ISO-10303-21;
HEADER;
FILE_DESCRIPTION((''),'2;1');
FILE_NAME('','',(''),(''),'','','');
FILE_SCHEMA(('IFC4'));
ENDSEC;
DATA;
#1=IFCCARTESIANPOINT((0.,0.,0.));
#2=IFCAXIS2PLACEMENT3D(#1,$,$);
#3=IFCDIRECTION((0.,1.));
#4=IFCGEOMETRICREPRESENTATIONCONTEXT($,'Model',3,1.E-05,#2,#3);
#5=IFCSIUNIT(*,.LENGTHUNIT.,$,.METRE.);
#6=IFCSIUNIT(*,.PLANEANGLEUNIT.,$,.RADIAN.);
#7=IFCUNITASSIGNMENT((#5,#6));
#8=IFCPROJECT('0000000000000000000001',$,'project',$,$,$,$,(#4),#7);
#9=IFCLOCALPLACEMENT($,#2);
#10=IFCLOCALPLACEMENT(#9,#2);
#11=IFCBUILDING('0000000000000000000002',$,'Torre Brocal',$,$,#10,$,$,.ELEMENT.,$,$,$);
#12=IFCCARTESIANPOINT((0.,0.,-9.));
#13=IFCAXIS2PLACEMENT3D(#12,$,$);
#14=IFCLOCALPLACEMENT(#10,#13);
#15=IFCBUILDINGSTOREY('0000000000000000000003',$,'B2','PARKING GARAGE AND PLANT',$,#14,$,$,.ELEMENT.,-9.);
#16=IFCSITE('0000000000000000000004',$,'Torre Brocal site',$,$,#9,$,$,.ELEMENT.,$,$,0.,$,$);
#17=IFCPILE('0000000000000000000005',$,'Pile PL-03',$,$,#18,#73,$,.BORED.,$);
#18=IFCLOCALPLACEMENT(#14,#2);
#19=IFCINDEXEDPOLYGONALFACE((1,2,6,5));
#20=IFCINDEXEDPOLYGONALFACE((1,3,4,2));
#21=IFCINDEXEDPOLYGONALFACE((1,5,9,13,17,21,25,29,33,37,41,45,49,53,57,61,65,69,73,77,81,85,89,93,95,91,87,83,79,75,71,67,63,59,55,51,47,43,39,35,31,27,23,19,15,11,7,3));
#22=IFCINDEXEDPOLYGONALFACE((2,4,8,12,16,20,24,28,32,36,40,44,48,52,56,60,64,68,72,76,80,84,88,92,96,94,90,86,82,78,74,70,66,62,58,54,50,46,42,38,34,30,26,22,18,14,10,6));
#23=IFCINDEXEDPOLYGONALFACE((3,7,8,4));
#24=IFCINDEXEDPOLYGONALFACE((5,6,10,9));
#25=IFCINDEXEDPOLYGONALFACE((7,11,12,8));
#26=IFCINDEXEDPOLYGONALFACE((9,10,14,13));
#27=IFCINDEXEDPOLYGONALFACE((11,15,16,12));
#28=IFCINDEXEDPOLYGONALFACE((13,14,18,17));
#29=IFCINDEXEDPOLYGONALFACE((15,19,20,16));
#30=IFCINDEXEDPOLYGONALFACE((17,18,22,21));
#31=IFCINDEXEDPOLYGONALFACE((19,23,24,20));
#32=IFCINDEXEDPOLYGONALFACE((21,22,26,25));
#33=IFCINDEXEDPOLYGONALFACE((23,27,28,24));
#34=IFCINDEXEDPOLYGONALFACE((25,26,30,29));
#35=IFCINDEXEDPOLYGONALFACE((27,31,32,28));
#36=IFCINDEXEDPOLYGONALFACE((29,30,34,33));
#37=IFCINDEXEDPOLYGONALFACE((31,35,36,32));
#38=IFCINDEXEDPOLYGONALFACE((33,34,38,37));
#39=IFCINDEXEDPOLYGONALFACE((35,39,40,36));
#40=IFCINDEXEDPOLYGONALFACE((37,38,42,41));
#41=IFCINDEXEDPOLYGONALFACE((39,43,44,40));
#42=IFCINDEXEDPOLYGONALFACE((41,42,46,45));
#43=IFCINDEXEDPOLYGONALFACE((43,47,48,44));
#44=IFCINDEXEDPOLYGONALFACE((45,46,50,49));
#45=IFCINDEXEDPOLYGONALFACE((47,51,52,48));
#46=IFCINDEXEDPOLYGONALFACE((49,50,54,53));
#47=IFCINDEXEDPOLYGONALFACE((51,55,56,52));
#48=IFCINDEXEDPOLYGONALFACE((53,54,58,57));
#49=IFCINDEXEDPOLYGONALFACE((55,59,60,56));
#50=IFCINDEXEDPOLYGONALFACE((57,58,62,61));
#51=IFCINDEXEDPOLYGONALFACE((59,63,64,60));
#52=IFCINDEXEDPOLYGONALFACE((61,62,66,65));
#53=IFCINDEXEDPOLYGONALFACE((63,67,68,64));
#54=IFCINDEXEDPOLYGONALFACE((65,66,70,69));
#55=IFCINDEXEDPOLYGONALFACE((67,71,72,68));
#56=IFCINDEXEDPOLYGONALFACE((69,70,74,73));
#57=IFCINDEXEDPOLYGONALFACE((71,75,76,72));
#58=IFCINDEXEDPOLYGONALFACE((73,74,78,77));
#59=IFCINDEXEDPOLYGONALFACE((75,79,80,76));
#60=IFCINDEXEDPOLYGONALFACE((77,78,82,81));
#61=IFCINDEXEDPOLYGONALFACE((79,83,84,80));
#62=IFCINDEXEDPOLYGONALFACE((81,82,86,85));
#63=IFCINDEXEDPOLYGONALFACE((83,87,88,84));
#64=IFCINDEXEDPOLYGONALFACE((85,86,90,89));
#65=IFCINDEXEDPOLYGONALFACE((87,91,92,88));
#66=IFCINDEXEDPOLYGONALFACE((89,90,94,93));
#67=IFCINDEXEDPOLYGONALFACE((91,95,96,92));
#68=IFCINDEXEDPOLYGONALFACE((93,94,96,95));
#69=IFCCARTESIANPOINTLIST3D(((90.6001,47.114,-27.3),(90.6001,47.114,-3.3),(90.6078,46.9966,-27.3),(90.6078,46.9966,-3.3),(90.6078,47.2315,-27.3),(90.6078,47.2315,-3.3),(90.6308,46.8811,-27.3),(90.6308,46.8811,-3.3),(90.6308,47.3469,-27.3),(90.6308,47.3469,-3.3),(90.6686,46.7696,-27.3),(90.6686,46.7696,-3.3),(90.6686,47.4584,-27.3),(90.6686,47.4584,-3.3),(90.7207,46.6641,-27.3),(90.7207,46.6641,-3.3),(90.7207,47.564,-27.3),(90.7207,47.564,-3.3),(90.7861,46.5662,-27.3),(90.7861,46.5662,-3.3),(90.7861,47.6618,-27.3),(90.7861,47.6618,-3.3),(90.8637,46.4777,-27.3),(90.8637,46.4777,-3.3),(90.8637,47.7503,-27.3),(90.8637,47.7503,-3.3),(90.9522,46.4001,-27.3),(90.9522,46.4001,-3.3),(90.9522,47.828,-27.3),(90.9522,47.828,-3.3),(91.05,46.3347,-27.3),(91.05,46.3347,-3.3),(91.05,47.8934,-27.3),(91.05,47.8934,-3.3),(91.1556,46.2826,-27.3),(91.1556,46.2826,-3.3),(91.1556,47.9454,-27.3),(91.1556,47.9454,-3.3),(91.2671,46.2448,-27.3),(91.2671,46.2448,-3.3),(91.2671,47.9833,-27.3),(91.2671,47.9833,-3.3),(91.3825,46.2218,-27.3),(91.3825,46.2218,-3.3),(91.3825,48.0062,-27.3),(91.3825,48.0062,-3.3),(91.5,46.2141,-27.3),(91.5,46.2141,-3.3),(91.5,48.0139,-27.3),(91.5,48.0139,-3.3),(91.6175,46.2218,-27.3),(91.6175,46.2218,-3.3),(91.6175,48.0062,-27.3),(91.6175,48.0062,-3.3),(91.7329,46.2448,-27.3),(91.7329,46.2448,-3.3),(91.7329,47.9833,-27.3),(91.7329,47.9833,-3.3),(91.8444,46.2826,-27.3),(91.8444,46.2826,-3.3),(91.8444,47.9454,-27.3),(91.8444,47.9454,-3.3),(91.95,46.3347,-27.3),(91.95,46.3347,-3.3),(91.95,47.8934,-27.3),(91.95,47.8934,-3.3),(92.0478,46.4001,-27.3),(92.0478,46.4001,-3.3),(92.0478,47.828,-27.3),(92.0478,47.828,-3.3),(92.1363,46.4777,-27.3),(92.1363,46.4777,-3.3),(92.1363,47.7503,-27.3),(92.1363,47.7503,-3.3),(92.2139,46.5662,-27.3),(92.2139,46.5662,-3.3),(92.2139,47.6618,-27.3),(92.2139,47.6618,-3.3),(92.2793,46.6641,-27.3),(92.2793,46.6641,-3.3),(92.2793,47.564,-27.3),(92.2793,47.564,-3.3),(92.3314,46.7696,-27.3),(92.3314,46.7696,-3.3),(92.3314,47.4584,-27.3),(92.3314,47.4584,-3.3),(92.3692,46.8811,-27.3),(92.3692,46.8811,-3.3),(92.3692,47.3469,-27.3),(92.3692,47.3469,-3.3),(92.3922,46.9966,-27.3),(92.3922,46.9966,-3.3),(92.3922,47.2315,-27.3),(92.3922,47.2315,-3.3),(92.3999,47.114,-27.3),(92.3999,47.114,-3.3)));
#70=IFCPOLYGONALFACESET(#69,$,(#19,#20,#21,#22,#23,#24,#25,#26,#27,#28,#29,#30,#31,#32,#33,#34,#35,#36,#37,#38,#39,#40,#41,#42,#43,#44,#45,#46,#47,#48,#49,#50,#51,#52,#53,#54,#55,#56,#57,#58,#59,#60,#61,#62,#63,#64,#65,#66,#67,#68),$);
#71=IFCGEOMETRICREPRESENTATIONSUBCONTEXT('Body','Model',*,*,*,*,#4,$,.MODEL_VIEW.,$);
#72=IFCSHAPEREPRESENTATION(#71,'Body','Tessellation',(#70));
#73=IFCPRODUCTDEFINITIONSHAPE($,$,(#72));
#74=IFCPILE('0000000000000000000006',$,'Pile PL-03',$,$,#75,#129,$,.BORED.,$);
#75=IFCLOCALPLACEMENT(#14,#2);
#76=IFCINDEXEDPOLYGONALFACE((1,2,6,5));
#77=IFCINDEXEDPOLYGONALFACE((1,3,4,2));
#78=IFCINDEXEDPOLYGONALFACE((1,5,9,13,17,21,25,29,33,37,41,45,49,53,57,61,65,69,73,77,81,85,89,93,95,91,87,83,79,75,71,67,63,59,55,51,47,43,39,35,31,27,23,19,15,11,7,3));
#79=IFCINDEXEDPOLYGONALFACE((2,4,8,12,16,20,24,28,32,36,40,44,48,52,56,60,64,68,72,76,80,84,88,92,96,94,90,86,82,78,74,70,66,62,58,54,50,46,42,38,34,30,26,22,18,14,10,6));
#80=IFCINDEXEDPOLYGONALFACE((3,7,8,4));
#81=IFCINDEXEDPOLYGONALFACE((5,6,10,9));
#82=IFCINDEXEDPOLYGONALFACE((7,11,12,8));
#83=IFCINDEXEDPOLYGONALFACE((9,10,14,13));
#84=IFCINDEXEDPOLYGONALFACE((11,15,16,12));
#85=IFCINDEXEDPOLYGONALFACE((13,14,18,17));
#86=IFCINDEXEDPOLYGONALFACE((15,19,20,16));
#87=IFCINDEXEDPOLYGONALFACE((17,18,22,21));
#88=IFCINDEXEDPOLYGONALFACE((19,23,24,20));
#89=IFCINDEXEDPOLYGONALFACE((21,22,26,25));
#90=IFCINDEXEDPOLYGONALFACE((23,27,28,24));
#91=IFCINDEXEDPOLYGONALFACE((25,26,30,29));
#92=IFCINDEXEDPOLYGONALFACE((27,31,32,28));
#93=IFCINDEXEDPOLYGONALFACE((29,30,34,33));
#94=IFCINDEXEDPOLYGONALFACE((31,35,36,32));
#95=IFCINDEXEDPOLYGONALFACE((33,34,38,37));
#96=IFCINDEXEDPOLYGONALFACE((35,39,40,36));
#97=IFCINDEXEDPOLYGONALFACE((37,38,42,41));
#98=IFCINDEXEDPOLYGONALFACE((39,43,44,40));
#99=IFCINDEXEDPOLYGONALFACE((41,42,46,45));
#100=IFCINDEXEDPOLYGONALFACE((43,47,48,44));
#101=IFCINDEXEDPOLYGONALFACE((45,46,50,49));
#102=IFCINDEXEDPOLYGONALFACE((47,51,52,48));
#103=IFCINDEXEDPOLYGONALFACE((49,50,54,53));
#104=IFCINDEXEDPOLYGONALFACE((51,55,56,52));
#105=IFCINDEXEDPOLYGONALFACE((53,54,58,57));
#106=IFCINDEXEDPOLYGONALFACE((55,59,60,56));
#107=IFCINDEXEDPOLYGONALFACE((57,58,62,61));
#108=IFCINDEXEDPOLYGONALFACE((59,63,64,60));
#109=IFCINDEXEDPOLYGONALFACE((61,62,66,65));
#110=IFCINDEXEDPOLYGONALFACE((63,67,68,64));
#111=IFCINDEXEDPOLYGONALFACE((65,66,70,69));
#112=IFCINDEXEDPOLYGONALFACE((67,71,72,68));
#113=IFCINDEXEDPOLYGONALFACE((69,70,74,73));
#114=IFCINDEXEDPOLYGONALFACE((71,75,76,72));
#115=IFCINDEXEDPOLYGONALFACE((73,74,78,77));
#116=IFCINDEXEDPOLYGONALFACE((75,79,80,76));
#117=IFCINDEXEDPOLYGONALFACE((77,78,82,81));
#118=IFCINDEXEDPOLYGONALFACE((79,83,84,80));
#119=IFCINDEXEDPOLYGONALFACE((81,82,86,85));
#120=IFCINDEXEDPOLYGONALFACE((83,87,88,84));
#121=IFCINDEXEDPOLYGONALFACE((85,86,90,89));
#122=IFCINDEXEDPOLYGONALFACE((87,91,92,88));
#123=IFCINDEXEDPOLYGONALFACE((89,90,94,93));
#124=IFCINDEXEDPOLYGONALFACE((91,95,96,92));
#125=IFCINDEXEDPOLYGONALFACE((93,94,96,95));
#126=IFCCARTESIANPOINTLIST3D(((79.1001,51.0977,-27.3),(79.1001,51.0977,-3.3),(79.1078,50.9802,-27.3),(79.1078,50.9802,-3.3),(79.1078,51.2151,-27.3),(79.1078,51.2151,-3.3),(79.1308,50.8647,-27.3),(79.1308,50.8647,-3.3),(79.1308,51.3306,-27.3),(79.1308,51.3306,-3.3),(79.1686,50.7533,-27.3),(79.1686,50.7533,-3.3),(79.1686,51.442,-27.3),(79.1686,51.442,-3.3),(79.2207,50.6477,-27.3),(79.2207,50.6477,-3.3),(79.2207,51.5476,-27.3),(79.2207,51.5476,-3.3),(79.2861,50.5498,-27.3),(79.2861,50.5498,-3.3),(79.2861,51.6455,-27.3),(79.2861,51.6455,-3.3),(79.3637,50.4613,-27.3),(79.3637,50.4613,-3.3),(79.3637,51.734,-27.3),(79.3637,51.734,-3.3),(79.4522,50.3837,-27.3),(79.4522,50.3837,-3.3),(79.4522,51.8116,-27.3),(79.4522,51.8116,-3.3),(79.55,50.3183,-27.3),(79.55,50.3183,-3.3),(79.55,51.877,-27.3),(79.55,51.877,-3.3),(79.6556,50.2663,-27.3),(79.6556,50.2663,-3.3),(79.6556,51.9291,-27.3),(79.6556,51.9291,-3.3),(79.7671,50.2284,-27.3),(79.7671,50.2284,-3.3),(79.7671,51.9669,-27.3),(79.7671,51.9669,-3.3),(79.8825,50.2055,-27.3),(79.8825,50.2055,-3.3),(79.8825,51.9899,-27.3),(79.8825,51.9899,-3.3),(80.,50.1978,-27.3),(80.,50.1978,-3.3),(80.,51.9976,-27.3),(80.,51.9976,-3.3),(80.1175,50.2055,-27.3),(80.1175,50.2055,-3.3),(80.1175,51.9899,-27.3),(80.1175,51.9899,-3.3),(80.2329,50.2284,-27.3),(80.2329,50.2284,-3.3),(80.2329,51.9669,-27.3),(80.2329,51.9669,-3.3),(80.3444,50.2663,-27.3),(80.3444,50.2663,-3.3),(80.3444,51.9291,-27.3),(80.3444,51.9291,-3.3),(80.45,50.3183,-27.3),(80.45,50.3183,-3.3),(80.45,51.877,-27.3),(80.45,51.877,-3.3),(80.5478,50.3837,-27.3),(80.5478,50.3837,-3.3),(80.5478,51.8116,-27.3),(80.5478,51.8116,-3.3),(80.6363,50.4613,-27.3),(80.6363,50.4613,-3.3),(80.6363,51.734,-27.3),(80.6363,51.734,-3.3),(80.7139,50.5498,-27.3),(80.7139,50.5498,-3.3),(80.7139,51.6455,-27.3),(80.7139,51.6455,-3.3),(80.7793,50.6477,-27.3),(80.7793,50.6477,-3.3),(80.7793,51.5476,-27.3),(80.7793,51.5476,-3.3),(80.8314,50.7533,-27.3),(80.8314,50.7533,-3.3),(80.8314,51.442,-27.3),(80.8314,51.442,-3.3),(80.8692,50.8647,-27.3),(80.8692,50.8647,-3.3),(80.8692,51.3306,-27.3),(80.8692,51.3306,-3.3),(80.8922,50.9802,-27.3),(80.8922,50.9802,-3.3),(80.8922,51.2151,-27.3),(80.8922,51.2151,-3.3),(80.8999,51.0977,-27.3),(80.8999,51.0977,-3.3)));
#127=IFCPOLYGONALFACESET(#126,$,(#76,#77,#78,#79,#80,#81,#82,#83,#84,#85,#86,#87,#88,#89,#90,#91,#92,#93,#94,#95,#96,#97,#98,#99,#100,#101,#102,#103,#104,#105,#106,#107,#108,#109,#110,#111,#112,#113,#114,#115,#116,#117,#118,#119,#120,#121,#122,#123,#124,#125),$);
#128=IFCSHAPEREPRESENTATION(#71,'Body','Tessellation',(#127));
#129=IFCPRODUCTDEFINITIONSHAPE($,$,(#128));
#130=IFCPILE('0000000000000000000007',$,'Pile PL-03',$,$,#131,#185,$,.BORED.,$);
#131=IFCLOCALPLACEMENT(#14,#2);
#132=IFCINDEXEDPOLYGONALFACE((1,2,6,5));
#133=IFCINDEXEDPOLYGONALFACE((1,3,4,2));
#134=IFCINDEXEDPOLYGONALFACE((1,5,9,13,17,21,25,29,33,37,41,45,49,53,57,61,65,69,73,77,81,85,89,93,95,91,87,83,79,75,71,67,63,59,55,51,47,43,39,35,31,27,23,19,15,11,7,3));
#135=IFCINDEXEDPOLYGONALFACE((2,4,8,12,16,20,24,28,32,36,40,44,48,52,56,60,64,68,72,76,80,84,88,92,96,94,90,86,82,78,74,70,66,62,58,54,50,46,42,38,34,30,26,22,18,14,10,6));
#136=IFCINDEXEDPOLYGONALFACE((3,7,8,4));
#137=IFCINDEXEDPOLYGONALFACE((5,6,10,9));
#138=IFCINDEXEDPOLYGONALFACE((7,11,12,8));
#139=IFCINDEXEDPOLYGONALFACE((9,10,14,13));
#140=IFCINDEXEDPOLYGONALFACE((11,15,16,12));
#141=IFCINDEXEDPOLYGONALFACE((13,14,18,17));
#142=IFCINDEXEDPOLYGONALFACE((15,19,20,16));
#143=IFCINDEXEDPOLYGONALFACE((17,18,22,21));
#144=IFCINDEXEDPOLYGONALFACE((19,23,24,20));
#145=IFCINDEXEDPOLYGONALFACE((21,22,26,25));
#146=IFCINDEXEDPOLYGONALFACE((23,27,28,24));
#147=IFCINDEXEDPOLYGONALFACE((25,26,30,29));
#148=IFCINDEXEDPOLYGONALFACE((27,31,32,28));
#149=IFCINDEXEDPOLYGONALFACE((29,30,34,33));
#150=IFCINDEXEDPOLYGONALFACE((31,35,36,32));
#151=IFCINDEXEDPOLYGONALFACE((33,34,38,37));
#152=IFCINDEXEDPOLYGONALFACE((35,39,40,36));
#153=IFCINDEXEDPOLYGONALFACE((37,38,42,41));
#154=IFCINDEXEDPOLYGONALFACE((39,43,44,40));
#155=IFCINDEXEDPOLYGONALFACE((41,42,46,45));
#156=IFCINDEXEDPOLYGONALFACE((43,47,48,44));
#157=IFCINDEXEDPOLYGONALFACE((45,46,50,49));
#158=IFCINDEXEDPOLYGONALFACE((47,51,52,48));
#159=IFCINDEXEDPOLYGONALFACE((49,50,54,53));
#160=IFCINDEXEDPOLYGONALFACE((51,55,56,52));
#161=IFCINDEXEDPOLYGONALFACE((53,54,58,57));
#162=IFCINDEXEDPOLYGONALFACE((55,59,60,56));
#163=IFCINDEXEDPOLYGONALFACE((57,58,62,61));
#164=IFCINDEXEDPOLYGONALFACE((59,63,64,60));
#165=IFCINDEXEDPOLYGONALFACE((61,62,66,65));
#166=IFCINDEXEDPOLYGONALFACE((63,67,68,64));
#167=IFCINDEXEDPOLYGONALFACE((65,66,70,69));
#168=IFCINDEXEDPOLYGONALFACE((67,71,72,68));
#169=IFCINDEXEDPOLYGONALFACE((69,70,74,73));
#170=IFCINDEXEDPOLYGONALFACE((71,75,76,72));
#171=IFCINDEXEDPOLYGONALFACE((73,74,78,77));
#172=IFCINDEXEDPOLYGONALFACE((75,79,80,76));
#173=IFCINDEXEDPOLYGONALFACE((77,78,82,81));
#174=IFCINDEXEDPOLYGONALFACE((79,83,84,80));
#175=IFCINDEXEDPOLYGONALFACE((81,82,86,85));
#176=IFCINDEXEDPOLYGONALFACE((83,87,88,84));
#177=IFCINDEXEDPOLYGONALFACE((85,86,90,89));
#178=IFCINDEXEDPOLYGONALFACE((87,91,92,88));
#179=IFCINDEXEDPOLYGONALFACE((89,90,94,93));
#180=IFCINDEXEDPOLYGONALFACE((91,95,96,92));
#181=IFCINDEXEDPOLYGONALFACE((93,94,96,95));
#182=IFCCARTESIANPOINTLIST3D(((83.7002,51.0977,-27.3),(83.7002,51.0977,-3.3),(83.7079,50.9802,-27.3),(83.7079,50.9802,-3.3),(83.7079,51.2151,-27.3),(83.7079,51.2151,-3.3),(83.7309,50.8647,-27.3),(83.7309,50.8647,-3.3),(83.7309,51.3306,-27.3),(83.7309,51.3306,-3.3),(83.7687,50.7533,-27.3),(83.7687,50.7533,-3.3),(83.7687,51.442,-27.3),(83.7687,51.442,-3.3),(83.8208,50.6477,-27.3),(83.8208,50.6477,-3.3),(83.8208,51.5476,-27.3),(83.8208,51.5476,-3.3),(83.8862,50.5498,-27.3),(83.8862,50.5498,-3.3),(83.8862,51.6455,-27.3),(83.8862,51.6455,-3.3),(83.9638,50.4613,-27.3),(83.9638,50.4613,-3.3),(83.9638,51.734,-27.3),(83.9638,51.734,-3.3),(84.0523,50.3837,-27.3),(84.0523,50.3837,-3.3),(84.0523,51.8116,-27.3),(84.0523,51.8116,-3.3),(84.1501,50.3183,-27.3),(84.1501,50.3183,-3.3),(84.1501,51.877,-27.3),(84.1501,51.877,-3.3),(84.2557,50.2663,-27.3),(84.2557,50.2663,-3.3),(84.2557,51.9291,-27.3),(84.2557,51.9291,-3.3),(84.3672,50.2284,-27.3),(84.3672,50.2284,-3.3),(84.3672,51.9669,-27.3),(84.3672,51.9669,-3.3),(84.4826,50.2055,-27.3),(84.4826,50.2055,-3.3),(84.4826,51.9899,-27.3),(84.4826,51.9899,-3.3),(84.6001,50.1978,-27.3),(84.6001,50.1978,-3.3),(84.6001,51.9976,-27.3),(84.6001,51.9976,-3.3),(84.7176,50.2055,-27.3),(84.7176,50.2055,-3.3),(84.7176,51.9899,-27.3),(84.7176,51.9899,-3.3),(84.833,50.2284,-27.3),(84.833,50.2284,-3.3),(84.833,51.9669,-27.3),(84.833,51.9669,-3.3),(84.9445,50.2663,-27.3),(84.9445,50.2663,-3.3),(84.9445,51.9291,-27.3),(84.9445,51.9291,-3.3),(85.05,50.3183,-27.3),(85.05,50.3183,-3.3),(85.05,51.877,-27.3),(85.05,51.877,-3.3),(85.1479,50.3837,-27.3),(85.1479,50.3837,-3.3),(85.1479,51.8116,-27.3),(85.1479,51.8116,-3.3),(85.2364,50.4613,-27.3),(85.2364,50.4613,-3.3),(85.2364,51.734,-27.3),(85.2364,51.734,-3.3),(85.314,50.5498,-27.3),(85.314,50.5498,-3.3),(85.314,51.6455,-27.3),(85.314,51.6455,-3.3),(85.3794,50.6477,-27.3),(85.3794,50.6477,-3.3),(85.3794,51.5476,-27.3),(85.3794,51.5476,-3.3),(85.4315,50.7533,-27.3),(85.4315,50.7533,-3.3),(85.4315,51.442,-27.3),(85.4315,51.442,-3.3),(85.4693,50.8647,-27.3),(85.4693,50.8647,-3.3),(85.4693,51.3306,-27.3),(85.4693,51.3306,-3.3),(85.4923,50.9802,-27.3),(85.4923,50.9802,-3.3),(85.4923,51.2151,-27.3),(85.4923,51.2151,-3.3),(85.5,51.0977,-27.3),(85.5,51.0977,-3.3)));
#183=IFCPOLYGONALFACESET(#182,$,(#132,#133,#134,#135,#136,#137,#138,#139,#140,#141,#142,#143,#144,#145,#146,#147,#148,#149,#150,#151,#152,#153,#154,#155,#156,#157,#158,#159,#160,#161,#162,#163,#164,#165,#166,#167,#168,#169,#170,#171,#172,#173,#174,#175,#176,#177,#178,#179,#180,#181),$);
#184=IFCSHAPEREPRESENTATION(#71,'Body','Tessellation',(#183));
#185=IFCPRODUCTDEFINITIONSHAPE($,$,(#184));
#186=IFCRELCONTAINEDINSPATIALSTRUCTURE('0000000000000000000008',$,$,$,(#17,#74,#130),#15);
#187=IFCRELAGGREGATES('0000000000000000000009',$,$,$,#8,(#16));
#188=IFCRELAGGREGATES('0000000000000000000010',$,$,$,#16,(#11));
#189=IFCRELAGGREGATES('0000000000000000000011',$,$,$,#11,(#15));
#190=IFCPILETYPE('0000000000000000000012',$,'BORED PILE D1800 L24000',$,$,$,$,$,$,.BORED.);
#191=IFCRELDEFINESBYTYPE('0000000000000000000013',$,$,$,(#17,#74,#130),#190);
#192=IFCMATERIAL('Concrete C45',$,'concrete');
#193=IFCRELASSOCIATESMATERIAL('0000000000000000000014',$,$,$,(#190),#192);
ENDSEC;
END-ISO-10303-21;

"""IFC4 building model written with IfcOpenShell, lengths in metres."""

from ifc_helpers import new_model, si_unit, direction, frame, origin, origin_2d, place, context, subcontext, project, spatial, circle, extrude, material, material_profile, profile_set, type_object, element, save


model = new_model("IFC4")

# Units and contexts
model_context = context("Model", 3, precision=1e-05, world=origin(), true_north=direction((0.0, 1.0)))
body_context = subcontext(model_context, "Body", "Model", "MODEL_VIEW")
ifc_project = project(units=[si_unit("LENGTHUNIT", "METRE"), si_unit("PLANEANGLEUNIT", "RADIAN")], contexts=[model_context])

# Site, building, storey
site_placement = place(None, origin())
site = spatial("IfcSite", under=ifc_project, at=site_placement, Name="Torre Brocal site", CompositionType="ELEMENT", RefElevation=0.0)
building_placement = place(site_placement, origin())
building = spatial("IfcBuilding", under=site, at=building_placement, Name="Torre Brocal", CompositionType="ELEMENT")
storey_placement = place(building_placement, frame((0.0, 0.0, -9.0)))
storey = spatial("IfcBuildingStorey", under=building, at=storey_placement, Name="B2", Description="PARKING GARAGE AND PLANT", CompositionType="ELEMENT", Elevation=-9.0)

# Piles
ifc_material_1 = material(Name="Concrete C45", Category="concrete")
ifc_material_profile_1 = material_profile(ifc_material_1, circle(Radius=0.8999, at=origin_2d()), Name="BORED PILE D1800")
ifc_profile_set_1 = profile_set([ifc_material_profile_1], Name="Concrete C45")
pile_type_1 = type_object("IfcPileType", Name="BORED PILE D1800 L24000", PredefinedType="BORED", material=ifc_profile_set_1)
for number, where, z_axis, x_axis, name in (
    (1, (91.5, 47.114, -3.3), (0.0, 0.0, -1.0), (1.0, 0.0, 0.0), "Pile PL-03"),
    (2, (80.0, 51.0977, -3.3), (0.0, 0.0, -1.0), (1.0, 0.0, 0.0), "Pile PL-03"),
    (3, (84.6001, 51.0977, -3.3), (0.0, 0.0, -1.0), (1.0, 0.0, 0.0), "Pile PL-03"),
):
    element("IfcPile", number, at=place(storey_placement, frame(where, z_axis=z_axis, x_axis=x_axis)), inside=storey, type_object=pile_type_1, Name=name, PredefinedType="BORED", context=body_context, shape_type="SweptSolid", body=[
        extrude(circle(Radius=0.8999, at=origin_2d()), origin(), (0.0, 0.0, 1.0), 24.0),
    ])

save(model, "model.ifc")
